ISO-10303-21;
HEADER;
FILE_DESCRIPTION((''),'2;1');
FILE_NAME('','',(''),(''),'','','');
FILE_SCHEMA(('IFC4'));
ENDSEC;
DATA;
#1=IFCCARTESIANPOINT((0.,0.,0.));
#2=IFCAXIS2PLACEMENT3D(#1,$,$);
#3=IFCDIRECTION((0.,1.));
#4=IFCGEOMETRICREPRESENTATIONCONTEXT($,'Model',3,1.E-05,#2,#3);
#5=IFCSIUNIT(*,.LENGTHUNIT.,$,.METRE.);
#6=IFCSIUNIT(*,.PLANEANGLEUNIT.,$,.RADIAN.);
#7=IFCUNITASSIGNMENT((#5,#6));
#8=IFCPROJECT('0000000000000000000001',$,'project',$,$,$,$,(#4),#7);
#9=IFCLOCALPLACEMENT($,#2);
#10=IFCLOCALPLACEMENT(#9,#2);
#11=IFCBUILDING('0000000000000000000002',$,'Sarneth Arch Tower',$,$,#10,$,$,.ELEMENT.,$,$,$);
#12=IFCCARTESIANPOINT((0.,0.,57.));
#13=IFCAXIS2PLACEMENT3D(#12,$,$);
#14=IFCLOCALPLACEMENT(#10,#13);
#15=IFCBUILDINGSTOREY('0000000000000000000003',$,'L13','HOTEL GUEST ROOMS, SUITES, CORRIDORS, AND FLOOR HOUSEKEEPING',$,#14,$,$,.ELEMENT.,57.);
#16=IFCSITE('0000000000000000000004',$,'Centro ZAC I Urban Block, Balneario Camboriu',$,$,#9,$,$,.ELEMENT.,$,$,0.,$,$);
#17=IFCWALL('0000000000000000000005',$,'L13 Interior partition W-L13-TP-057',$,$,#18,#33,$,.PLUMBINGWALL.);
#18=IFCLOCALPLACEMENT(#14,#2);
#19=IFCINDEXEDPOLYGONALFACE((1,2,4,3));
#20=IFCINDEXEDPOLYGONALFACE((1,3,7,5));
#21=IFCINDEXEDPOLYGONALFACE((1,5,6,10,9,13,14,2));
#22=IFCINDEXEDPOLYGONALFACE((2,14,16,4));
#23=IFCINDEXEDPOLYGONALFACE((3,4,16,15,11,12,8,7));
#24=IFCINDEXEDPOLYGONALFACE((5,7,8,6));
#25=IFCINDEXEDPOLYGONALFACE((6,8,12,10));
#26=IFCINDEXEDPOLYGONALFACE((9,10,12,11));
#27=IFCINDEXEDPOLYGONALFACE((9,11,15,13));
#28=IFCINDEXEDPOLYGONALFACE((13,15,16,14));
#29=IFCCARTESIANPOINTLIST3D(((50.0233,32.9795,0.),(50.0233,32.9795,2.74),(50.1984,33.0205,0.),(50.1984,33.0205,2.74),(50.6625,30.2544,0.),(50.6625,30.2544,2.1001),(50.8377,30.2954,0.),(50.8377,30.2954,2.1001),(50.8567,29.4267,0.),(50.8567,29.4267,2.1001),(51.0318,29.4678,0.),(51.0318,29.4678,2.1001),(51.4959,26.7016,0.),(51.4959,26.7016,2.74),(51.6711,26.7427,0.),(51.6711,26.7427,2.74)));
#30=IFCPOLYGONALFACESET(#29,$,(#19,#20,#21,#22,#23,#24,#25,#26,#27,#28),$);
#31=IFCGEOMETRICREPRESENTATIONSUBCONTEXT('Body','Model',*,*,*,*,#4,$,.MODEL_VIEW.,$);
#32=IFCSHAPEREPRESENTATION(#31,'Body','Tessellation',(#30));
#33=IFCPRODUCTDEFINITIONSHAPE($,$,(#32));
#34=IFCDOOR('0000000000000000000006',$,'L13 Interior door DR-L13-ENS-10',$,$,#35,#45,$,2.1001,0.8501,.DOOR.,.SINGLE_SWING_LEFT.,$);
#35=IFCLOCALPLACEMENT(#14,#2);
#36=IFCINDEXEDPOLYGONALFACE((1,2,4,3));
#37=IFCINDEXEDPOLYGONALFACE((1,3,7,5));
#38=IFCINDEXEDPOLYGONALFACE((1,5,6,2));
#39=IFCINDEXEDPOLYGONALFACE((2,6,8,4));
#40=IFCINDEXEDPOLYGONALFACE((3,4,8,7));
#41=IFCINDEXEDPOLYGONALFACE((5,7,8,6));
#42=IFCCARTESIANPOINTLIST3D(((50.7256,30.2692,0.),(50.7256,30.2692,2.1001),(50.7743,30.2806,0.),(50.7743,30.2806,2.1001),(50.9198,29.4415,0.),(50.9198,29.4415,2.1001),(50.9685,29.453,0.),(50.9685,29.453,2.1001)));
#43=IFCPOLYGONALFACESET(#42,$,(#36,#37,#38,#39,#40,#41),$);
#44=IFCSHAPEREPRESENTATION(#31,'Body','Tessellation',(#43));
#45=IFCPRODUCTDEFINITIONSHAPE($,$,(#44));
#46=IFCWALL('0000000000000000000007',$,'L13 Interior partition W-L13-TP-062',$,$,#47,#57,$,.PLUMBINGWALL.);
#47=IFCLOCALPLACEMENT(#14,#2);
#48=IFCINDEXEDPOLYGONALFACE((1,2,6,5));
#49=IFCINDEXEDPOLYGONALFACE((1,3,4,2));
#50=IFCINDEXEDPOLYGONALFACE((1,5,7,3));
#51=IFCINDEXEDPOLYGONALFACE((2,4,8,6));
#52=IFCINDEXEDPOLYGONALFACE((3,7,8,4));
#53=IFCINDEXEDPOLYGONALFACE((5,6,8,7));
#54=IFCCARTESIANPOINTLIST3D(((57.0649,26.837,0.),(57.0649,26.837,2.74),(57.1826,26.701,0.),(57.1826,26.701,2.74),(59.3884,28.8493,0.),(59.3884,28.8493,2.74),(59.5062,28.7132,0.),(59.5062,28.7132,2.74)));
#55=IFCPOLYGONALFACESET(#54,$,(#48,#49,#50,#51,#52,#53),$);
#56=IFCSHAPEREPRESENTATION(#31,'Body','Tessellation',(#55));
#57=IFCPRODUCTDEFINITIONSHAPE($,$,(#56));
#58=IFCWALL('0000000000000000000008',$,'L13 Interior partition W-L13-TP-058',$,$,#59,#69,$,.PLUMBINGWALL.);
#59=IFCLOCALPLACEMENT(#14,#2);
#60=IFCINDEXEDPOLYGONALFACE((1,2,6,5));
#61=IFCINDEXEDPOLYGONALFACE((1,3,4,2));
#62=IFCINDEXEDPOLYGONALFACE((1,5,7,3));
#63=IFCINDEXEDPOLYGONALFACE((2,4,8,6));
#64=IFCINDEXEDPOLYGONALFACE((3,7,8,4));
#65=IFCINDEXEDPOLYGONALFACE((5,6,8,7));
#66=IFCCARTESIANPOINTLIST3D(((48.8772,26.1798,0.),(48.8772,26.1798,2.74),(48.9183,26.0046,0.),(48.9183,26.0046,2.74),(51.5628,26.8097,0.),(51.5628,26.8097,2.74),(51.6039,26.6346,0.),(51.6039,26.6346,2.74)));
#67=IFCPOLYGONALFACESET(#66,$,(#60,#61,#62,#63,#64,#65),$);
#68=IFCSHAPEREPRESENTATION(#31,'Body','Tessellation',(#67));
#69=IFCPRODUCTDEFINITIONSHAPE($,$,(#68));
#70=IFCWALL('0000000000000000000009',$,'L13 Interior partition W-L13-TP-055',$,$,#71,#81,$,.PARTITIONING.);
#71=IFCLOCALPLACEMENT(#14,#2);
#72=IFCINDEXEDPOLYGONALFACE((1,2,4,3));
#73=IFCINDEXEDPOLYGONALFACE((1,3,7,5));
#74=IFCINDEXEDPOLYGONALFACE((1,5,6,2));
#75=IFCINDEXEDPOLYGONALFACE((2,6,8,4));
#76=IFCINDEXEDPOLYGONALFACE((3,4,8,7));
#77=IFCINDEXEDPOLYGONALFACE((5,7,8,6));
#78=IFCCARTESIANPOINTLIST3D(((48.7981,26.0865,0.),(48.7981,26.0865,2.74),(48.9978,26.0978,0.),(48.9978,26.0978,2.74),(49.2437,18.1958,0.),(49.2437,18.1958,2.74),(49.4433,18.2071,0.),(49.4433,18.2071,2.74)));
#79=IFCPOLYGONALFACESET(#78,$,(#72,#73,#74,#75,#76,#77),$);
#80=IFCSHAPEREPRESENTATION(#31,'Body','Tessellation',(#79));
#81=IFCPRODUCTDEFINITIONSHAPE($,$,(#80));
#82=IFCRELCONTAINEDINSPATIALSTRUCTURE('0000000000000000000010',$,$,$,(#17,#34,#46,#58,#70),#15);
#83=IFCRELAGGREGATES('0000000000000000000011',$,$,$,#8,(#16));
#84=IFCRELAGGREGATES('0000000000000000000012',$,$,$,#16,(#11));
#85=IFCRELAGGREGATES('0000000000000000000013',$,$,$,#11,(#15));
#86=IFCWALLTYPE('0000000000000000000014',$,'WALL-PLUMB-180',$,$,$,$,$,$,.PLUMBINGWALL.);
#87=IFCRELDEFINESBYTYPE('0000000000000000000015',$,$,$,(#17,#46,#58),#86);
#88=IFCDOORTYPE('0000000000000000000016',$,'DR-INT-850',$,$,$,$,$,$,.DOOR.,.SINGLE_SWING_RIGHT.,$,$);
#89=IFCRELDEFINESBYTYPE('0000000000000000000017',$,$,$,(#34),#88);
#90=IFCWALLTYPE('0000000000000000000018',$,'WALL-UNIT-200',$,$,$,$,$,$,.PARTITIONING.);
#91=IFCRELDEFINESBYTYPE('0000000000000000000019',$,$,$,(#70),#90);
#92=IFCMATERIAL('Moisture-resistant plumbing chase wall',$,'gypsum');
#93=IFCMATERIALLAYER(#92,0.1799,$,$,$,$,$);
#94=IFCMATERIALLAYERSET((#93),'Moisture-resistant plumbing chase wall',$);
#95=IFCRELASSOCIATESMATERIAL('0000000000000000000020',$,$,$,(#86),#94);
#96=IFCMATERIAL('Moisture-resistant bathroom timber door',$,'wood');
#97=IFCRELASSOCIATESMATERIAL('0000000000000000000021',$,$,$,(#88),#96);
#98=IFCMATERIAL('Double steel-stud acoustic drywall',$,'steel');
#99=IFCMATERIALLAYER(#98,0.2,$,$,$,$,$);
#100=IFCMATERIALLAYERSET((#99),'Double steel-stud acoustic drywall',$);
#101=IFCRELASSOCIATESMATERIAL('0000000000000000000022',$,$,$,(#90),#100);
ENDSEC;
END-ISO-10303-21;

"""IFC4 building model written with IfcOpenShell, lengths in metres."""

from ifc_helpers import new_model, si_unit, direction, frame, frame_2d, origin, place, context, subcontext, project, spatial, rectangle, extrude, material, layer, layer_set, type_object, element, fill, save


model = new_model("IFC4")

# Units and contexts
model_context = context("Model", 3, precision=1e-05, world=origin(), true_north=direction((0.0, 1.0)))
body_context = subcontext(model_context, "Body", "Model", "MODEL_VIEW")
ifc_project = project(units=[si_unit("LENGTHUNIT", "METRE"), si_unit("PLANEANGLEUNIT", "RADIAN")], contexts=[model_context])

# Site, building, storey
site_placement = place(None, origin())
site = spatial("IfcSite", under=ifc_project, at=site_placement, Name="Centro ZAC I Urban Block, Balneario Camboriu", CompositionType="ELEMENT", RefElevation=0.0)
building_placement = place(site_placement, origin())
building = spatial("IfcBuilding", under=site, at=building_placement, Name="Sarneth Arch Tower", CompositionType="ELEMENT")
storey_placement = place(building_placement, frame((0.0, 0.0, 57.0)))
storey = spatial("IfcBuildingStorey", under=building, at=storey_placement, Name="L13", Description="HOTEL GUEST ROOMS, SUITES, CORRIDORS, AND FLOOR HOUSEKEEPING", CompositionType="ELEMENT", Elevation=57.0)

# Shared definitions
ifc_material_1 = material(Name="Moisture-resistant plumbing chase wall", Category="gypsum")
ifc_layer_1 = layer(ifc_material_1, 0.1799)
ifc_layer_set_1 = layer_set([ifc_layer_1], Name="Moisture-resistant plumbing chase wall")
wall_type_1 = type_object("IfcWallType", Name="WALL-PLUMB-180", PredefinedType="PLUMBINGWALL", material=ifc_layer_set_1)

# Wall, opening, door
wall_1_placement = place(storey_placement, frame((50.1108, 33.0, 0.0), z_axis=(0.0, 0.0, 1.0), x_axis=(0.228381, -0.973572, 0.0)))
wall_1 = element("IfcWall", 1, at=wall_1_placement, inside=storey, type_object=wall_type_1, Name="L13 Interior partition W-L13-TP-057", PredefinedType="PLUMBINGWALL", context=body_context, shape_type="SweptSolid", body=[
    extrude(rectangle(XDim=6.4482, YDim=0.1799, at=frame_2d((3.2241, 0.0))), origin(), (0.0, 0.0, 1.0), 2.74),
])
opening_1_placement = place(wall_1_placement, frame((2.7991, 0.0, 0.0)))
opening_1 = element("IfcOpeningElement", 2, at=opening_1_placement, cuts=wall_1, PredefinedType="OPENING", context=body_context, shape_type="SweptSolid", body=[
    extrude(rectangle(XDim=0.8501, YDim=2.1001, at=frame_2d((0.425, 1.05))), frame((0.0, 0.0999, 0.0), z_axis=(0.0, -1.0, 0.0), x_axis=(1.0, 0.0, 0.0)), (0.0, 0.0, 1.0), 0.2),
])
ifc_material_2 = material(Name="Moisture-resistant bathroom timber door", Category="wood")
door_type_1 = type_object("IfcDoorType", Name="DR-INT-850", OperationType="SINGLE_SWING_RIGHT", PredefinedType="DOOR", material=ifc_material_2)
door_1_placement = place(opening_1_placement, origin())
door_1 = element("IfcDoor", 3, at=door_1_placement, inside=storey, type_object=door_type_1, Name="L13 Interior door DR-L13-ENS-10", OperationType="SINGLE_SWING_LEFT", OverallHeight=2.1001, OverallWidth=0.8501, PredefinedType="DOOR", context=body_context, shape_type="SweptSolid", body=[
    extrude(rectangle(XDim=0.8501, YDim=2.1001, at=frame_2d((0.425, 1.05))), frame((0.0, 0.0249, 0.0), z_axis=(0.0, -1.0, 0.0), x_axis=(1.0, 0.0, 0.0)), (0.0, 0.0, 1.0), 0.05),
])
fill(opening_1, door_1)

# Walls
wall_2_placement = place(storey_placement, frame((59.4473, 28.7812, 0.0), z_axis=(0.0, 0.0, 1.0), x_axis=(-0.755928, -0.654655, 0.0)))
element("IfcWall", 4, at=wall_2_placement, inside=storey, type_object=wall_type_1, Name="L13 Interior partition W-L13-TP-062", PredefinedType="PLUMBINGWALL", context=body_context, shape_type="SweptSolid", body=[
    extrude(rectangle(XDim=3.0737, YDim=0.1799, at=frame_2d((1.5369, 0.0))), origin(), (0.0, 0.0, 1.0), 2.74),
])
wall_3_placement = place(storey_placement, frame((51.5835, 26.7222, 0.0), z_axis=(0.0, 0.0, 1.0), x_axis=(-0.973579, -0.228349, 0.0)))
element("IfcWall", 5, at=wall_3_placement, inside=storey, type_object=wall_type_1, Name="L13 Interior partition W-L13-TP-058", PredefinedType="PLUMBINGWALL", context=body_context, shape_type="SweptSolid", body=[
    extrude(rectangle(XDim=2.7585, YDim=0.1799, at=frame_2d((1.3794, 0.0))), origin(), (0.0, 0.0, 1.0), 2.74),
])
ifc_material_3 = material(Name="Double steel-stud acoustic drywall", Category="steel")
ifc_layer_2 = layer(ifc_material_3, 0.2)
ifc_layer_set_2 = layer_set([ifc_layer_2], Name="Double steel-stud acoustic drywall")
wall_type_2 = type_object("IfcWallType", Name="WALL-UNIT-200", PredefinedType="PARTITIONING", material=ifc_layer_set_2)
wall_4_placement = place(storey_placement, frame((49.3435, 18.2014, 0.0), z_axis=(0.0, 0.0, 1.0), x_axis=(-0.056375, 0.99841, 0.0)))
element("IfcWall", 6, at=wall_4_placement, inside=storey, type_object=wall_type_2, Name="L13 Interior partition W-L13-TP-055", PredefinedType="PARTITIONING", context=body_context, shape_type="SweptSolid", body=[
    extrude(rectangle(XDim=7.9033, YDim=0.2, at=frame_2d((3.9517, 0.0))), origin(), (0.0, 0.0, 1.0), 2.74),
])

save(model, "model.ifc")
